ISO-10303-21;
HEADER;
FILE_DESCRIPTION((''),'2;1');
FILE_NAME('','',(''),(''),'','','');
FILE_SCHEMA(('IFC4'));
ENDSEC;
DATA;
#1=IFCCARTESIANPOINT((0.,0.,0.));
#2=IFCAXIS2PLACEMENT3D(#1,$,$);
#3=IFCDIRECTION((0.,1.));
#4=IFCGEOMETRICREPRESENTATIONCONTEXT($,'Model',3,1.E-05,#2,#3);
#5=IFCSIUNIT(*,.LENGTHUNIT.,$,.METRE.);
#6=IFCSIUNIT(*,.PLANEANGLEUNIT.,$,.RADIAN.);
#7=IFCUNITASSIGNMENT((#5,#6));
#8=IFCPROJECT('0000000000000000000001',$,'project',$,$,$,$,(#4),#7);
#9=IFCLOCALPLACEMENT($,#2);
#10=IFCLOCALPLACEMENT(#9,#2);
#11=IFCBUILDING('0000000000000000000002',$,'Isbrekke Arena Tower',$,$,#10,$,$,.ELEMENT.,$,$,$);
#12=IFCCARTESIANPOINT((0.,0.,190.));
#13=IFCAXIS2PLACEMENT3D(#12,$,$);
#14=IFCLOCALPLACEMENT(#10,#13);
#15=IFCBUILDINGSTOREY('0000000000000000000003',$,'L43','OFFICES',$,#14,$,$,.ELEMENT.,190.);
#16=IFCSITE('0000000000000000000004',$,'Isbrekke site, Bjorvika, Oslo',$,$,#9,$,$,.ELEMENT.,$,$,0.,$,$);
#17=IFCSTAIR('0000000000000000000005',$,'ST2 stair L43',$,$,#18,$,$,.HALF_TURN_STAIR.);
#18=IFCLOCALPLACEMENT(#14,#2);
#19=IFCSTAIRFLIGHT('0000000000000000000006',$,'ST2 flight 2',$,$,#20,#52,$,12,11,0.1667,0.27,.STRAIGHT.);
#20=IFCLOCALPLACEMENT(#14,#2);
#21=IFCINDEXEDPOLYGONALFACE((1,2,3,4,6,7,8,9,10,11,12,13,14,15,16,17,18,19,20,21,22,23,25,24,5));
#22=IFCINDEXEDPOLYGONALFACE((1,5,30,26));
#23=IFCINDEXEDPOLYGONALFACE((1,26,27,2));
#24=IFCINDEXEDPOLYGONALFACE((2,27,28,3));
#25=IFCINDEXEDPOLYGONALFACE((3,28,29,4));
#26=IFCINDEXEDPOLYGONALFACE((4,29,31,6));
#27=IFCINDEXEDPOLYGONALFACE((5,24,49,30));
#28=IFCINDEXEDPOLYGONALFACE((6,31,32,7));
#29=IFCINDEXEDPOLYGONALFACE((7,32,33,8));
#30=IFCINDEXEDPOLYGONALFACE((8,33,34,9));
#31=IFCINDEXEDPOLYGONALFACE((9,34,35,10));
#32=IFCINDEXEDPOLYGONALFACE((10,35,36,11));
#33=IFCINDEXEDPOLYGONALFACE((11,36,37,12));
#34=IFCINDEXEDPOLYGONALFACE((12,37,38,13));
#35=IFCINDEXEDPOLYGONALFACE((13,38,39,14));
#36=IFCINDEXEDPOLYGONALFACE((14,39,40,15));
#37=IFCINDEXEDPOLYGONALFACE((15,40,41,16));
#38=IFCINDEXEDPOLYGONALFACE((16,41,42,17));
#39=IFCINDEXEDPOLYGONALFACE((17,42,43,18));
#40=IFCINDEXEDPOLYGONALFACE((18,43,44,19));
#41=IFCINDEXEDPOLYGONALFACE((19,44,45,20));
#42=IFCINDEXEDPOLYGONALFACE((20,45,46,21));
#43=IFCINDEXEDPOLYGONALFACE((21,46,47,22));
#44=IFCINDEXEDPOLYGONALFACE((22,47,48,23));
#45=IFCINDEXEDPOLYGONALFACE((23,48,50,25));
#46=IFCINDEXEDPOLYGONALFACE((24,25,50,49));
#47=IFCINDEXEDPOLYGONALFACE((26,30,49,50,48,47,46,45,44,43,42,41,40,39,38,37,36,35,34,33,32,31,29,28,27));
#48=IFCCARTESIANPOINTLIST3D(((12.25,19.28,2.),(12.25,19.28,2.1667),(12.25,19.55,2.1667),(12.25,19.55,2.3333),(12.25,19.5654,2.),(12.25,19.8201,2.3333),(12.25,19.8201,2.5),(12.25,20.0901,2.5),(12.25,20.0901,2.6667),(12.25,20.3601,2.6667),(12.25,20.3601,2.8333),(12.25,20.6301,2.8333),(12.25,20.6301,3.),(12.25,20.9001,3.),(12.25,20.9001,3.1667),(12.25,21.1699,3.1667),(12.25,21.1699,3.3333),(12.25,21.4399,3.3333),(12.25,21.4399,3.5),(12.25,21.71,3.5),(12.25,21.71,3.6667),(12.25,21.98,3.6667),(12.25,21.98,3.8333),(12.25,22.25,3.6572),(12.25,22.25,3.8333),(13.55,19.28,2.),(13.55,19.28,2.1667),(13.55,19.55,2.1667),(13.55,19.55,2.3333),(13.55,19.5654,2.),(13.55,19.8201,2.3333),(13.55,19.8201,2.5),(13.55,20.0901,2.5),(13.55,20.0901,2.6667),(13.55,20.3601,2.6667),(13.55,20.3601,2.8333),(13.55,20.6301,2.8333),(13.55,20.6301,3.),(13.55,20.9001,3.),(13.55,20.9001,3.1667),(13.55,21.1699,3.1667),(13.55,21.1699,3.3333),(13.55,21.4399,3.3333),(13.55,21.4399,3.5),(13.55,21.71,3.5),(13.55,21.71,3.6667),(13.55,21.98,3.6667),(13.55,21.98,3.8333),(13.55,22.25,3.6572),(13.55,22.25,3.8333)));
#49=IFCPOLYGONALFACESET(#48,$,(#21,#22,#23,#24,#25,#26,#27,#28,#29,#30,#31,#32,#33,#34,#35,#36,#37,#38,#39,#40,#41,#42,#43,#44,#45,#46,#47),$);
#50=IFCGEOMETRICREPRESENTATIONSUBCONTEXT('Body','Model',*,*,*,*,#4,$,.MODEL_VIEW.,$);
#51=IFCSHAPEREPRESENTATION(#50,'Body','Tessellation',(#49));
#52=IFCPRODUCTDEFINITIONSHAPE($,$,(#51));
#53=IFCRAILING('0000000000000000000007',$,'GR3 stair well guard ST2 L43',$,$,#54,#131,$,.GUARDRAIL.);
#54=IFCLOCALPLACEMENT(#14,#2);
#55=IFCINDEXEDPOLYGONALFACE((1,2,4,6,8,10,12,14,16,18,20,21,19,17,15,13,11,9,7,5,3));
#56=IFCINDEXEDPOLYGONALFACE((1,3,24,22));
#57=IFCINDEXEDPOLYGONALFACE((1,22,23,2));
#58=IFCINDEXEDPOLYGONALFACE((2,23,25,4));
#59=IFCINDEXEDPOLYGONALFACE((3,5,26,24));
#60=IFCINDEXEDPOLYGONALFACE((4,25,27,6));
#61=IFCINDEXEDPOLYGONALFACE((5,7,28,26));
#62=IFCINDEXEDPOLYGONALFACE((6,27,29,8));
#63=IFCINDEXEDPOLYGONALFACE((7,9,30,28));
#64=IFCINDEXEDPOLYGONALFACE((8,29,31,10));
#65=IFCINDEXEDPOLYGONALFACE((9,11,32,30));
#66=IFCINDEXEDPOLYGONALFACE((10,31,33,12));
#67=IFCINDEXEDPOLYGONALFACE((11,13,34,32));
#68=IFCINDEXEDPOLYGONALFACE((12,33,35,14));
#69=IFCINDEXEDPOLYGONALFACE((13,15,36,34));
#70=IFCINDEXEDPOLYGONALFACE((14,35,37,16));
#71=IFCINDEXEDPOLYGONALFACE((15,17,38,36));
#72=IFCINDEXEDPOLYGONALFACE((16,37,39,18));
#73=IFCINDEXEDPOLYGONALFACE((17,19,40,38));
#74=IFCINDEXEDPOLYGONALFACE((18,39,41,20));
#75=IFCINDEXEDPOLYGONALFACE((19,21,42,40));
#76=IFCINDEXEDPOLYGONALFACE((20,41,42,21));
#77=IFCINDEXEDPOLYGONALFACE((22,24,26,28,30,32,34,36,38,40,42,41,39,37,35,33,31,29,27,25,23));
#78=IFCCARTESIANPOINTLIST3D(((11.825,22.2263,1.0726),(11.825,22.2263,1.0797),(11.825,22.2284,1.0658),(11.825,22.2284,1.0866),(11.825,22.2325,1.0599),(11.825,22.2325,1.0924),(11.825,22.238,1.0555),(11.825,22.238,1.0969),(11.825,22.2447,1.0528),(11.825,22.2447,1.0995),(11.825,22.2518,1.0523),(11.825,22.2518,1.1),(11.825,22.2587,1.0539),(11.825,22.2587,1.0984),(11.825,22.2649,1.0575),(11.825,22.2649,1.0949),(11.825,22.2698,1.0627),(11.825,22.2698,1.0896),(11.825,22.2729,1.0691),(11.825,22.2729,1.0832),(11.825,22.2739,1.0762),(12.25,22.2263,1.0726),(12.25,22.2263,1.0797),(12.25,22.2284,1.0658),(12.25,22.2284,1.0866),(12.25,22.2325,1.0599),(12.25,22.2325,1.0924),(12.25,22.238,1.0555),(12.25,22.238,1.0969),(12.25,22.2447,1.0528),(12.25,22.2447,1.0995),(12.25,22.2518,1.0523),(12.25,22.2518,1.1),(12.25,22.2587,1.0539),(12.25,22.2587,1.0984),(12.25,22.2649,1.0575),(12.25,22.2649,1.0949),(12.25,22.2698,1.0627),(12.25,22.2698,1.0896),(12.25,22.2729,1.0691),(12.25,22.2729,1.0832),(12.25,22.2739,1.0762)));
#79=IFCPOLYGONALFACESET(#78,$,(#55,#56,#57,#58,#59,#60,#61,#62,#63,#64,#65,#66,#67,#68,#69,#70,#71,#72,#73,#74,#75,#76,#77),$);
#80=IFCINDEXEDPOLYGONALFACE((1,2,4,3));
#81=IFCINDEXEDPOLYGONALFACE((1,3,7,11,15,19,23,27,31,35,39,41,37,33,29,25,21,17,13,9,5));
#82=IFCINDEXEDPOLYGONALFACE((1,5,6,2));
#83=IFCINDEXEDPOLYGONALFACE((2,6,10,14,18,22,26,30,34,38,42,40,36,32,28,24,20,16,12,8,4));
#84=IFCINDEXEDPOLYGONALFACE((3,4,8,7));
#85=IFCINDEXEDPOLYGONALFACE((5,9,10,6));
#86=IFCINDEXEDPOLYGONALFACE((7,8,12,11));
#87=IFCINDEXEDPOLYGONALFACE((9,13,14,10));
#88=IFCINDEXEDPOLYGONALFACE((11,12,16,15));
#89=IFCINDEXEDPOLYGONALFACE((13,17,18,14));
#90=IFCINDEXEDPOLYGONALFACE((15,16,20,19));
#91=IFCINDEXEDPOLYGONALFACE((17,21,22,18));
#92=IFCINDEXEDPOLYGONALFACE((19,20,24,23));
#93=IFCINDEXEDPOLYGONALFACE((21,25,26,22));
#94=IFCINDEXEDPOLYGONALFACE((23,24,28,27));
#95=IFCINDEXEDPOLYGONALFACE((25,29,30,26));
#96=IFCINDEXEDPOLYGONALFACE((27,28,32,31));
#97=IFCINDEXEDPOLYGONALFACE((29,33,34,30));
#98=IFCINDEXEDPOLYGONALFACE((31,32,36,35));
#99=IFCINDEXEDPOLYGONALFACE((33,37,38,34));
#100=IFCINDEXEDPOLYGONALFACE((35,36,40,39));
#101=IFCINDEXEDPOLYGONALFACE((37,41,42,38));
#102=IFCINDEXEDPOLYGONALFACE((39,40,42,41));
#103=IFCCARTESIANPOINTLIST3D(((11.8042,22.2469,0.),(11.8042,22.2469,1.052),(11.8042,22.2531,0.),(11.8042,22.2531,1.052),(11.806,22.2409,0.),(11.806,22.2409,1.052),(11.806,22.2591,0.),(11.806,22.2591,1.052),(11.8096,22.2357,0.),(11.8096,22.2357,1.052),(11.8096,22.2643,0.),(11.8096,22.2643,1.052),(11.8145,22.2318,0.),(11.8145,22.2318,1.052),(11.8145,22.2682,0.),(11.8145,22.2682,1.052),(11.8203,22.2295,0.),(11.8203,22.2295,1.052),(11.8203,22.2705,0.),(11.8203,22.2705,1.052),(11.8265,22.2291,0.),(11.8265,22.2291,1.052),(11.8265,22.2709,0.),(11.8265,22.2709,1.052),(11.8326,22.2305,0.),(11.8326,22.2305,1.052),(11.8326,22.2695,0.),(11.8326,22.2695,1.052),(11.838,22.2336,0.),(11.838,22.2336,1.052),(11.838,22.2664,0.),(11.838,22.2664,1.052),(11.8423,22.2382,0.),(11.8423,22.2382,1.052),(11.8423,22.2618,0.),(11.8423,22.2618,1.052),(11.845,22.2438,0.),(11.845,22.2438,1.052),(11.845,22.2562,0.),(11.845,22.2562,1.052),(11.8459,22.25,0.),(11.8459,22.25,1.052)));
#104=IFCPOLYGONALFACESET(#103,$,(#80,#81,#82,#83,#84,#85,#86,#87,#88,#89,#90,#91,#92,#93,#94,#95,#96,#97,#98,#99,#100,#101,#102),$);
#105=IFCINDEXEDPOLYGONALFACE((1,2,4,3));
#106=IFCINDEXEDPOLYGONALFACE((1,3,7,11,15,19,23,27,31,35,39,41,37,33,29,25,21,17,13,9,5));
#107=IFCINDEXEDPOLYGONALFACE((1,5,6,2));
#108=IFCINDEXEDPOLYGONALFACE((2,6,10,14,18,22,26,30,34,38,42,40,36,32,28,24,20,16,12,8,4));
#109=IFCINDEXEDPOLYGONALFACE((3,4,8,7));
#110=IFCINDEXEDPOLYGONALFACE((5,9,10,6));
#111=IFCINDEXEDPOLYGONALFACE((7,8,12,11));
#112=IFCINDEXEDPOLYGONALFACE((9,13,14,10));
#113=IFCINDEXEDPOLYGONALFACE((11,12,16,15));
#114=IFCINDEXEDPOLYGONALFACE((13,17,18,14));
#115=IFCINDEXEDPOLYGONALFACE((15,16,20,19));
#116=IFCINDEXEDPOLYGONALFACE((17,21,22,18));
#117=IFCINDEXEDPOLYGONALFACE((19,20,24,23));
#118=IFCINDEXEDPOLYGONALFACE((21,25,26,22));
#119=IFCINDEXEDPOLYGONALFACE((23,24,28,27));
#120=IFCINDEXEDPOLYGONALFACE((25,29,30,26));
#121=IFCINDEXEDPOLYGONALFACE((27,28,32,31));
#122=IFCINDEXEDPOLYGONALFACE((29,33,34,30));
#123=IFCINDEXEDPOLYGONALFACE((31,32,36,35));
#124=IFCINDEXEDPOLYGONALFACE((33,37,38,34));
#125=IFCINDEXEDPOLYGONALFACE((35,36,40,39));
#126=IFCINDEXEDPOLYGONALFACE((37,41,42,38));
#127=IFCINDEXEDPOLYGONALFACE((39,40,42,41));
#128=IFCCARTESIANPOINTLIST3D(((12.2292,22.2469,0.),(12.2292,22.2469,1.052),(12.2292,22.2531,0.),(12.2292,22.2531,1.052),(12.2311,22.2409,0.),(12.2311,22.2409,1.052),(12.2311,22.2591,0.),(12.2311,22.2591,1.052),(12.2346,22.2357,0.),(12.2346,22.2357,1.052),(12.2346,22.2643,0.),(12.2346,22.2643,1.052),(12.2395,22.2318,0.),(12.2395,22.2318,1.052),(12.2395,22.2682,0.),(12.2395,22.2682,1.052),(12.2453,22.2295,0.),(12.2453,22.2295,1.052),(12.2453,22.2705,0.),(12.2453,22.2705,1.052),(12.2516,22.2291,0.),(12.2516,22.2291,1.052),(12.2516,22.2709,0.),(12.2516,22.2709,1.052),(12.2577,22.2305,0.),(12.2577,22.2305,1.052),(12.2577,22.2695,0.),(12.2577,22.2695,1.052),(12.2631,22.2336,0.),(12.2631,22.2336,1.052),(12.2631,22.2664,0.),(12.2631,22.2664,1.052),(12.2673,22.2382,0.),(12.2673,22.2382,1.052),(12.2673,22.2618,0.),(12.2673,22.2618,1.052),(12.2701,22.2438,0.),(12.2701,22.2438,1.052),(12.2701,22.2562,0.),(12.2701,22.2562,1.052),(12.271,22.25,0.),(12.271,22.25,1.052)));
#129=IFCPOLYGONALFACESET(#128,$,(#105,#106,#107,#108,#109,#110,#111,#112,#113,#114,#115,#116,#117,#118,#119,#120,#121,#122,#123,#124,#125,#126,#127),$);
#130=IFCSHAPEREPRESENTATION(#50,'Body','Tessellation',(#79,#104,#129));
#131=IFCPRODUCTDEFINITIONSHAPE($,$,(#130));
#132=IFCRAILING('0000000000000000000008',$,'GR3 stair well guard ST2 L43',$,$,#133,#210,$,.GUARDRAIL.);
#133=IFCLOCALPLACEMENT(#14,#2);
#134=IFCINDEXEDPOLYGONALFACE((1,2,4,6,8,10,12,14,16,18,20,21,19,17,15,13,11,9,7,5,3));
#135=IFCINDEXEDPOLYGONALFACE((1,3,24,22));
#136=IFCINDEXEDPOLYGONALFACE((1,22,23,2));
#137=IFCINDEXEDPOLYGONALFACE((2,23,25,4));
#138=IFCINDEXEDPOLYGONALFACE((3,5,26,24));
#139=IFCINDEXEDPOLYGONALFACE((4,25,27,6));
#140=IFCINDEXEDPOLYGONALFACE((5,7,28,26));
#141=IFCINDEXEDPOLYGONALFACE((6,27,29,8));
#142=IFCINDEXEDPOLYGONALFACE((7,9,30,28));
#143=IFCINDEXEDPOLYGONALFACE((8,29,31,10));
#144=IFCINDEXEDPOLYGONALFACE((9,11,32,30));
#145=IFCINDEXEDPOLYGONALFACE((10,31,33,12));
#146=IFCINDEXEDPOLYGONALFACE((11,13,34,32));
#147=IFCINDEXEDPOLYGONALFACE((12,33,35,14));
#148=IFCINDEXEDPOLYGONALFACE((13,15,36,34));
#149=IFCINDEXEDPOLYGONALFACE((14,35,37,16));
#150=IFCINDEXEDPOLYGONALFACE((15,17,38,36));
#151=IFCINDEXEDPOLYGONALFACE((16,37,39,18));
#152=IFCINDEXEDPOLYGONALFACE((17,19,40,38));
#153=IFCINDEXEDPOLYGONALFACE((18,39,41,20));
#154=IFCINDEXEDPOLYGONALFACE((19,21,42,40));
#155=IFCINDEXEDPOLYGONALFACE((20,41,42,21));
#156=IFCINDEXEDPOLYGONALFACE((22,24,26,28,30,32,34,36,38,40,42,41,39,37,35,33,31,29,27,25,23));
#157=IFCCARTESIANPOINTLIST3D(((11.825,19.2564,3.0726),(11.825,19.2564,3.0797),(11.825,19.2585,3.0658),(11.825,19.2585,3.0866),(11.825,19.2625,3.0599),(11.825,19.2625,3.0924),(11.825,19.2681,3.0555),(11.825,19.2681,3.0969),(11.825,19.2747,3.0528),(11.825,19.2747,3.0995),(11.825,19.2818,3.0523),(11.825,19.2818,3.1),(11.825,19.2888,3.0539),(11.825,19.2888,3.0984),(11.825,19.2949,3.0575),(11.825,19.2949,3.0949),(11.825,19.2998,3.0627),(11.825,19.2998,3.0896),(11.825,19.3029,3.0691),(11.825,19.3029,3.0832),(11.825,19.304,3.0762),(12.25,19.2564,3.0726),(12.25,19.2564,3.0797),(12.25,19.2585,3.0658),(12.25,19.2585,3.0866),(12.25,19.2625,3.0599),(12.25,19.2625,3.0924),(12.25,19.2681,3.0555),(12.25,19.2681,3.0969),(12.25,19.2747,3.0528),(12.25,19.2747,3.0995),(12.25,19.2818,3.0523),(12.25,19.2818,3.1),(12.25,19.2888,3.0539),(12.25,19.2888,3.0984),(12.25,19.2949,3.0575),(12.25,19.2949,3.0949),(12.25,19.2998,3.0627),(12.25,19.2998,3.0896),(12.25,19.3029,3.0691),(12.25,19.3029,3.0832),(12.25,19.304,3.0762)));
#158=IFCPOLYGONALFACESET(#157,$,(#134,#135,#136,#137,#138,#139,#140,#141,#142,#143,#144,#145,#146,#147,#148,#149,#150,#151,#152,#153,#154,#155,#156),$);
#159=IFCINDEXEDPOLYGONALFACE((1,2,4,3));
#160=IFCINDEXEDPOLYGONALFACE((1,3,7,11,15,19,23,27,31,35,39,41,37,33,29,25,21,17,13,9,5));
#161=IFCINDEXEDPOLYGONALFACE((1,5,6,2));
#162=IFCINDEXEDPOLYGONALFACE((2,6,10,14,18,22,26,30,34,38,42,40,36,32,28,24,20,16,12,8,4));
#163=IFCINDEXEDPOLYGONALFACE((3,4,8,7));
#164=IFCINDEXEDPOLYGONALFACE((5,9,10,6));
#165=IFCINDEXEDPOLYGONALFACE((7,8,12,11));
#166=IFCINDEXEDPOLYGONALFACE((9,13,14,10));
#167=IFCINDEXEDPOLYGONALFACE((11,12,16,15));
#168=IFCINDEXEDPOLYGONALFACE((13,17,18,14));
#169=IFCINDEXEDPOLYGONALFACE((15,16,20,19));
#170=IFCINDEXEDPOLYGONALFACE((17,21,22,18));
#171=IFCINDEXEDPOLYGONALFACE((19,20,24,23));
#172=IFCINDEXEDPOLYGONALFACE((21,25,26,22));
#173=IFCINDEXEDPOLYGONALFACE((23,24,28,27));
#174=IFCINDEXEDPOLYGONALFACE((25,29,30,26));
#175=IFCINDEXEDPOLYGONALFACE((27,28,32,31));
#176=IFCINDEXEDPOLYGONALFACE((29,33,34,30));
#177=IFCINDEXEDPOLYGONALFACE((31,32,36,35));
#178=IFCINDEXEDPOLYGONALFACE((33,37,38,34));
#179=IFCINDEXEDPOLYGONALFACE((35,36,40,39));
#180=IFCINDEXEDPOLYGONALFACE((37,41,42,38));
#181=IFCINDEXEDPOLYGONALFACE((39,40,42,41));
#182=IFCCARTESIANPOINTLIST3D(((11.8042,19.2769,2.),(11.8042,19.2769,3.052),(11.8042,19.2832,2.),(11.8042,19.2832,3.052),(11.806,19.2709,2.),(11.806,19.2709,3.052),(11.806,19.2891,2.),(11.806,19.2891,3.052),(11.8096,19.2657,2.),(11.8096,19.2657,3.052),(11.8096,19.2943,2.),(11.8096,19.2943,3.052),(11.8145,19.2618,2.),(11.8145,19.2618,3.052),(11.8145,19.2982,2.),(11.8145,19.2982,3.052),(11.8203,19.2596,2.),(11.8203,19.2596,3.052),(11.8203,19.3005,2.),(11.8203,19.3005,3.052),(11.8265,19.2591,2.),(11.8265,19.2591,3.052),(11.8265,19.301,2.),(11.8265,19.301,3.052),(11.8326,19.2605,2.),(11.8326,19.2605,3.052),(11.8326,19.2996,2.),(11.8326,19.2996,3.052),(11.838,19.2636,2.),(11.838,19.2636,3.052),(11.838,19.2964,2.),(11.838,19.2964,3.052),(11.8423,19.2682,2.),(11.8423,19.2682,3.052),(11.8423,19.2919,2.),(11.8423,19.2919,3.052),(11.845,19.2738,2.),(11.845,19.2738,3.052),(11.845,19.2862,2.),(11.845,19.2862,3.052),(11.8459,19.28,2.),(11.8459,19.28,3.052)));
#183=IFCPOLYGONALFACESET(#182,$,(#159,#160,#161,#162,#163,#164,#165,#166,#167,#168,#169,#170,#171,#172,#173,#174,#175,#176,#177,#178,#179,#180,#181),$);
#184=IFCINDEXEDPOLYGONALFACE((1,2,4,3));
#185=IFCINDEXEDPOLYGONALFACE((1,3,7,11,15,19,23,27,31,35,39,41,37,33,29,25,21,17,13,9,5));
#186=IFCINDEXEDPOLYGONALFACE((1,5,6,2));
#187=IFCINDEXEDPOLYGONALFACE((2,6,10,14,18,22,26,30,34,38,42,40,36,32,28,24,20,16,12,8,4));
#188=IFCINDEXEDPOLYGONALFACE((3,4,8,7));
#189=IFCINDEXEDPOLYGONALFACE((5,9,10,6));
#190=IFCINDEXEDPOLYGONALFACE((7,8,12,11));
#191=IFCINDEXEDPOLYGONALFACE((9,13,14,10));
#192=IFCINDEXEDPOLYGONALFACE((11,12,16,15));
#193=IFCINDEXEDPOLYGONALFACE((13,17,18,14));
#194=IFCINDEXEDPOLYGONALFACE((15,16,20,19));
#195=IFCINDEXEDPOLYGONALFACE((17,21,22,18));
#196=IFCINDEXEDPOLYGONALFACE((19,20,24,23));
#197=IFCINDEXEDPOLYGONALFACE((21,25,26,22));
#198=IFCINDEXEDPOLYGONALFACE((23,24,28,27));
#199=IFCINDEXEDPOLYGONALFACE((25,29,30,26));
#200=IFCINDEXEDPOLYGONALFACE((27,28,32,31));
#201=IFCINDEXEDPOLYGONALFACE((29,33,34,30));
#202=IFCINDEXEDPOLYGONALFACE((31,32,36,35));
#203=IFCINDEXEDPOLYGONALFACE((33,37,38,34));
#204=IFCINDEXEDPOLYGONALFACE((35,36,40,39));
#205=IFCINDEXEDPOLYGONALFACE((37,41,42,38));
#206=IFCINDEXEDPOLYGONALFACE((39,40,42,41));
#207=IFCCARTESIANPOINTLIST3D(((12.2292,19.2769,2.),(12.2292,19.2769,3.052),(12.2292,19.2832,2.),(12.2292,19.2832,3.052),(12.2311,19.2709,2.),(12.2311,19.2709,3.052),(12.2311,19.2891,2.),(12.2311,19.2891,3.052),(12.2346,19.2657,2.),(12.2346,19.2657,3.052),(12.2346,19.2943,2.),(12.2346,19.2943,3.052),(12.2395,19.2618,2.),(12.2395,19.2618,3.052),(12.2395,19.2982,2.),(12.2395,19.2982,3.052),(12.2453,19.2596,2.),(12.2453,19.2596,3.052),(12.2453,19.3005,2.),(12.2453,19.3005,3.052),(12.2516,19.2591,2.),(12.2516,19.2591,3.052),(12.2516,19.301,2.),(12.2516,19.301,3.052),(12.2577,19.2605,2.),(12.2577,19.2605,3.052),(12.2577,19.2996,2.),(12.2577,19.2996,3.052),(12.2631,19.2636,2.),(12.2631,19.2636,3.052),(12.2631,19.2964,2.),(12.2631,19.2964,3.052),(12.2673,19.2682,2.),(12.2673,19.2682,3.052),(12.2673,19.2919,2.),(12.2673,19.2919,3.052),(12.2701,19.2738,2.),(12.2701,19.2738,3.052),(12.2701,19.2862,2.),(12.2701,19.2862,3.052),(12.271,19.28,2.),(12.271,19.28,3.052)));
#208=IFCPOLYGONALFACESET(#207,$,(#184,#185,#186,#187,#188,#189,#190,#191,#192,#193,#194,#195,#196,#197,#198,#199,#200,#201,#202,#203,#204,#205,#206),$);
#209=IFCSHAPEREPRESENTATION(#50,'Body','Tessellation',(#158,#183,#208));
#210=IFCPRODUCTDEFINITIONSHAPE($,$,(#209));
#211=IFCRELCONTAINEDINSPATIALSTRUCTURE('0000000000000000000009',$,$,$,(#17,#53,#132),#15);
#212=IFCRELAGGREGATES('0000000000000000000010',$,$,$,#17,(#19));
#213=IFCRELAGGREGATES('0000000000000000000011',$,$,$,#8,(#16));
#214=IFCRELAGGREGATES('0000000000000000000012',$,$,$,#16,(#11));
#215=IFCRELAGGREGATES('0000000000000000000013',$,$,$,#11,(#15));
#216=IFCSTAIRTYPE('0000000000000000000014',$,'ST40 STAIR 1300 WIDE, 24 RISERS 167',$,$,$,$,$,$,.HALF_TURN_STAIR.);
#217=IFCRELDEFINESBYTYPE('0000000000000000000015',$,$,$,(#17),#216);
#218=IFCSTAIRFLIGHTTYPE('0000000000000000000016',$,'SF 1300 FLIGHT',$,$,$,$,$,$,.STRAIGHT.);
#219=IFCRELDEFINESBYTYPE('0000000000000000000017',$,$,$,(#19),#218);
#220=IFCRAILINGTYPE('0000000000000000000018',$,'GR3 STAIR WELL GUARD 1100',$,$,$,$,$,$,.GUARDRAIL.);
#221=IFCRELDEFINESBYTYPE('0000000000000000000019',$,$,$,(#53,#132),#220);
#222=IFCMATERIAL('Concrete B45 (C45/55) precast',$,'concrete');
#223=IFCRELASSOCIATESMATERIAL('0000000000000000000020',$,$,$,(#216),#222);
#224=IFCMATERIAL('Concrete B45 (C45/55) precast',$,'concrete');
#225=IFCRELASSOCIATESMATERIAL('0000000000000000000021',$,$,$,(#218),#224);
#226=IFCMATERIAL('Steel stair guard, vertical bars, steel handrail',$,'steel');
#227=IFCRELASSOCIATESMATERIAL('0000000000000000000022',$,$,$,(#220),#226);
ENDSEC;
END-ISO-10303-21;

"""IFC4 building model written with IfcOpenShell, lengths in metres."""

from ifc_helpers import new_model, si_unit, direction, frame, origin, origin_2d, place, context, subcontext, project, spatial, polyline, circle, outline, extrude, material, type_object, element, aggregate, save


model = new_model("IFC4")

# Units and contexts
model_context = context("Model", 3, precision=1e-05, world=origin(), true_north=direction((0.0, 1.0)))
body_context = subcontext(model_context, "Body", "Model", "MODEL_VIEW")
ifc_project = project(units=[si_unit("LENGTHUNIT", "METRE"), si_unit("PLANEANGLEUNIT", "RADIAN")], contexts=[model_context])

# Site, building, storey
site_placement = place(None, origin())
site = spatial("IfcSite", under=ifc_project, at=site_placement, Name="Isbrekke site, Bjorvika, Oslo", CompositionType="ELEMENT", RefElevation=0.0)
building_placement = place(site_placement, origin())
building = spatial("IfcBuilding", under=site, at=building_placement, Name="Isbrekke Arena Tower", CompositionType="ELEMENT")
storey_placement = place(building_placement, frame((0.0, 0.0, 190.0)))
storey = spatial("IfcBuildingStorey", under=building, at=storey_placement, Name="L43", Description="OFFICES", CompositionType="ELEMENT", Elevation=190.0)

# Stair, stair flight
ifc_material_1 = material(Name="Concrete B45 (C45/55) precast", Category="concrete")
stair_type = type_object("IfcStairType", Name="ST40 STAIR 1300 WIDE, 24 RISERS 167", PredefinedType="HALF_TURN_STAIR", material=ifc_material_1)
stair_placement = place(storey_placement, origin())
stair = element("IfcStair", 1, at=stair_placement, inside=storey, type_object=stair_type, Name="ST2 stair L43", PredefinedType="HALF_TURN_STAIR")
ifc_material_2 = material(Name="Concrete B45 (C45/55) precast", Category="concrete")
stair_flight_type = type_object("IfcStairFlightType", Name="SF 1300 FLIGHT", PredefinedType="STRAIGHT", material=ifc_material_2)
stair_flight_1_placement = place(storey_placement, frame((12.8999, 19.28, 2.0), z_axis=(0.0, 0.0, 1.0), x_axis=(0.0, 1.0, 0.0)))
stair_flight_1 = element("IfcStairFlight", 2, at=stair_flight_1_placement, type_object=stair_flight_type, Name="ST2 flight 2", NumberOfRisers=12, NumberOfTreads=11, PredefinedType="STRAIGHT", RiserHeight=0.1667, TreadLength=0.27, context=body_context, shape_type="SweptSolid", body=[
    extrude(outline(polyline([(0.0, 0.0), (0.0, 0.1667), (0.27, 0.1667), (0.27, 0.3333), (0.54, 0.3333), (0.54, 0.5), (0.8101, 0.5), (0.8101, 0.6667), (1.0801, 0.6667), (1.0801, 0.8333), (1.3501, 0.8333), (1.3501, 1.0), (1.6201, 1.0), (1.6201, 1.1667), (1.8899, 1.1667), (1.8899, 1.3333), (2.1599, 1.3333), (2.1599, 1.5), (2.4299, 1.5), (2.4299, 1.6667), (2.7, 1.6667), (2.7, 1.8333), (2.97, 1.8333), (2.97, 2.0), (2.97, 1.6572), (0.2854, 0.0), (0.0, 0.0)])), frame((0.0, 0.6499, 0.0), z_axis=(0.0, -1.0, 0.0), x_axis=(1.0, 0.0, 0.0)), (0.0, 0.0, 1.0), 1.3),
])
aggregate(stair, [stair_flight_1])

# Railings
ifc_material_3 = material(Name="Steel stair guard, vertical bars, steel handrail", Category="steel")
railing_type = type_object("IfcRailingType", Name="GR3 STAIR WELL GUARD 1100", PredefinedType="GUARDRAIL", material=ifc_material_3)
for number, where, name in (
    (3, (11.825, 22.25, 0.0), "GR3 stair well guard ST2 L43"),
    (4, (11.825, 19.28, 2.0), "GR3 stair well guard ST2 L43"),
):
    element("IfcRailing", number, at=place(storey_placement, frame(where)), inside=storey, type_object=railing_type, Name=name, PredefinedType="GUARDRAIL", context=body_context, shape_type="SweptSolid", body=[
        extrude(circle(Radius=0.0239, at=origin_2d()), frame((0.0, 0.0, 1.0762), z_axis=(1.0, 0.0, 0.0), x_axis=(0.0, 1.0, 0.0)), (0.0, 0.0, 1.0), 0.425),
        extrude(circle(Radius=0.021, at=origin_2d()), origin(), (0.0, 0.0, 1.0), 1.052),
        extrude(circle(Radius=0.021, at=origin_2d()), frame((0.425, 0.0, 0.0)), (0.0, 0.0, 1.0), 1.052),
    ])

save(model, "model.ifc")
